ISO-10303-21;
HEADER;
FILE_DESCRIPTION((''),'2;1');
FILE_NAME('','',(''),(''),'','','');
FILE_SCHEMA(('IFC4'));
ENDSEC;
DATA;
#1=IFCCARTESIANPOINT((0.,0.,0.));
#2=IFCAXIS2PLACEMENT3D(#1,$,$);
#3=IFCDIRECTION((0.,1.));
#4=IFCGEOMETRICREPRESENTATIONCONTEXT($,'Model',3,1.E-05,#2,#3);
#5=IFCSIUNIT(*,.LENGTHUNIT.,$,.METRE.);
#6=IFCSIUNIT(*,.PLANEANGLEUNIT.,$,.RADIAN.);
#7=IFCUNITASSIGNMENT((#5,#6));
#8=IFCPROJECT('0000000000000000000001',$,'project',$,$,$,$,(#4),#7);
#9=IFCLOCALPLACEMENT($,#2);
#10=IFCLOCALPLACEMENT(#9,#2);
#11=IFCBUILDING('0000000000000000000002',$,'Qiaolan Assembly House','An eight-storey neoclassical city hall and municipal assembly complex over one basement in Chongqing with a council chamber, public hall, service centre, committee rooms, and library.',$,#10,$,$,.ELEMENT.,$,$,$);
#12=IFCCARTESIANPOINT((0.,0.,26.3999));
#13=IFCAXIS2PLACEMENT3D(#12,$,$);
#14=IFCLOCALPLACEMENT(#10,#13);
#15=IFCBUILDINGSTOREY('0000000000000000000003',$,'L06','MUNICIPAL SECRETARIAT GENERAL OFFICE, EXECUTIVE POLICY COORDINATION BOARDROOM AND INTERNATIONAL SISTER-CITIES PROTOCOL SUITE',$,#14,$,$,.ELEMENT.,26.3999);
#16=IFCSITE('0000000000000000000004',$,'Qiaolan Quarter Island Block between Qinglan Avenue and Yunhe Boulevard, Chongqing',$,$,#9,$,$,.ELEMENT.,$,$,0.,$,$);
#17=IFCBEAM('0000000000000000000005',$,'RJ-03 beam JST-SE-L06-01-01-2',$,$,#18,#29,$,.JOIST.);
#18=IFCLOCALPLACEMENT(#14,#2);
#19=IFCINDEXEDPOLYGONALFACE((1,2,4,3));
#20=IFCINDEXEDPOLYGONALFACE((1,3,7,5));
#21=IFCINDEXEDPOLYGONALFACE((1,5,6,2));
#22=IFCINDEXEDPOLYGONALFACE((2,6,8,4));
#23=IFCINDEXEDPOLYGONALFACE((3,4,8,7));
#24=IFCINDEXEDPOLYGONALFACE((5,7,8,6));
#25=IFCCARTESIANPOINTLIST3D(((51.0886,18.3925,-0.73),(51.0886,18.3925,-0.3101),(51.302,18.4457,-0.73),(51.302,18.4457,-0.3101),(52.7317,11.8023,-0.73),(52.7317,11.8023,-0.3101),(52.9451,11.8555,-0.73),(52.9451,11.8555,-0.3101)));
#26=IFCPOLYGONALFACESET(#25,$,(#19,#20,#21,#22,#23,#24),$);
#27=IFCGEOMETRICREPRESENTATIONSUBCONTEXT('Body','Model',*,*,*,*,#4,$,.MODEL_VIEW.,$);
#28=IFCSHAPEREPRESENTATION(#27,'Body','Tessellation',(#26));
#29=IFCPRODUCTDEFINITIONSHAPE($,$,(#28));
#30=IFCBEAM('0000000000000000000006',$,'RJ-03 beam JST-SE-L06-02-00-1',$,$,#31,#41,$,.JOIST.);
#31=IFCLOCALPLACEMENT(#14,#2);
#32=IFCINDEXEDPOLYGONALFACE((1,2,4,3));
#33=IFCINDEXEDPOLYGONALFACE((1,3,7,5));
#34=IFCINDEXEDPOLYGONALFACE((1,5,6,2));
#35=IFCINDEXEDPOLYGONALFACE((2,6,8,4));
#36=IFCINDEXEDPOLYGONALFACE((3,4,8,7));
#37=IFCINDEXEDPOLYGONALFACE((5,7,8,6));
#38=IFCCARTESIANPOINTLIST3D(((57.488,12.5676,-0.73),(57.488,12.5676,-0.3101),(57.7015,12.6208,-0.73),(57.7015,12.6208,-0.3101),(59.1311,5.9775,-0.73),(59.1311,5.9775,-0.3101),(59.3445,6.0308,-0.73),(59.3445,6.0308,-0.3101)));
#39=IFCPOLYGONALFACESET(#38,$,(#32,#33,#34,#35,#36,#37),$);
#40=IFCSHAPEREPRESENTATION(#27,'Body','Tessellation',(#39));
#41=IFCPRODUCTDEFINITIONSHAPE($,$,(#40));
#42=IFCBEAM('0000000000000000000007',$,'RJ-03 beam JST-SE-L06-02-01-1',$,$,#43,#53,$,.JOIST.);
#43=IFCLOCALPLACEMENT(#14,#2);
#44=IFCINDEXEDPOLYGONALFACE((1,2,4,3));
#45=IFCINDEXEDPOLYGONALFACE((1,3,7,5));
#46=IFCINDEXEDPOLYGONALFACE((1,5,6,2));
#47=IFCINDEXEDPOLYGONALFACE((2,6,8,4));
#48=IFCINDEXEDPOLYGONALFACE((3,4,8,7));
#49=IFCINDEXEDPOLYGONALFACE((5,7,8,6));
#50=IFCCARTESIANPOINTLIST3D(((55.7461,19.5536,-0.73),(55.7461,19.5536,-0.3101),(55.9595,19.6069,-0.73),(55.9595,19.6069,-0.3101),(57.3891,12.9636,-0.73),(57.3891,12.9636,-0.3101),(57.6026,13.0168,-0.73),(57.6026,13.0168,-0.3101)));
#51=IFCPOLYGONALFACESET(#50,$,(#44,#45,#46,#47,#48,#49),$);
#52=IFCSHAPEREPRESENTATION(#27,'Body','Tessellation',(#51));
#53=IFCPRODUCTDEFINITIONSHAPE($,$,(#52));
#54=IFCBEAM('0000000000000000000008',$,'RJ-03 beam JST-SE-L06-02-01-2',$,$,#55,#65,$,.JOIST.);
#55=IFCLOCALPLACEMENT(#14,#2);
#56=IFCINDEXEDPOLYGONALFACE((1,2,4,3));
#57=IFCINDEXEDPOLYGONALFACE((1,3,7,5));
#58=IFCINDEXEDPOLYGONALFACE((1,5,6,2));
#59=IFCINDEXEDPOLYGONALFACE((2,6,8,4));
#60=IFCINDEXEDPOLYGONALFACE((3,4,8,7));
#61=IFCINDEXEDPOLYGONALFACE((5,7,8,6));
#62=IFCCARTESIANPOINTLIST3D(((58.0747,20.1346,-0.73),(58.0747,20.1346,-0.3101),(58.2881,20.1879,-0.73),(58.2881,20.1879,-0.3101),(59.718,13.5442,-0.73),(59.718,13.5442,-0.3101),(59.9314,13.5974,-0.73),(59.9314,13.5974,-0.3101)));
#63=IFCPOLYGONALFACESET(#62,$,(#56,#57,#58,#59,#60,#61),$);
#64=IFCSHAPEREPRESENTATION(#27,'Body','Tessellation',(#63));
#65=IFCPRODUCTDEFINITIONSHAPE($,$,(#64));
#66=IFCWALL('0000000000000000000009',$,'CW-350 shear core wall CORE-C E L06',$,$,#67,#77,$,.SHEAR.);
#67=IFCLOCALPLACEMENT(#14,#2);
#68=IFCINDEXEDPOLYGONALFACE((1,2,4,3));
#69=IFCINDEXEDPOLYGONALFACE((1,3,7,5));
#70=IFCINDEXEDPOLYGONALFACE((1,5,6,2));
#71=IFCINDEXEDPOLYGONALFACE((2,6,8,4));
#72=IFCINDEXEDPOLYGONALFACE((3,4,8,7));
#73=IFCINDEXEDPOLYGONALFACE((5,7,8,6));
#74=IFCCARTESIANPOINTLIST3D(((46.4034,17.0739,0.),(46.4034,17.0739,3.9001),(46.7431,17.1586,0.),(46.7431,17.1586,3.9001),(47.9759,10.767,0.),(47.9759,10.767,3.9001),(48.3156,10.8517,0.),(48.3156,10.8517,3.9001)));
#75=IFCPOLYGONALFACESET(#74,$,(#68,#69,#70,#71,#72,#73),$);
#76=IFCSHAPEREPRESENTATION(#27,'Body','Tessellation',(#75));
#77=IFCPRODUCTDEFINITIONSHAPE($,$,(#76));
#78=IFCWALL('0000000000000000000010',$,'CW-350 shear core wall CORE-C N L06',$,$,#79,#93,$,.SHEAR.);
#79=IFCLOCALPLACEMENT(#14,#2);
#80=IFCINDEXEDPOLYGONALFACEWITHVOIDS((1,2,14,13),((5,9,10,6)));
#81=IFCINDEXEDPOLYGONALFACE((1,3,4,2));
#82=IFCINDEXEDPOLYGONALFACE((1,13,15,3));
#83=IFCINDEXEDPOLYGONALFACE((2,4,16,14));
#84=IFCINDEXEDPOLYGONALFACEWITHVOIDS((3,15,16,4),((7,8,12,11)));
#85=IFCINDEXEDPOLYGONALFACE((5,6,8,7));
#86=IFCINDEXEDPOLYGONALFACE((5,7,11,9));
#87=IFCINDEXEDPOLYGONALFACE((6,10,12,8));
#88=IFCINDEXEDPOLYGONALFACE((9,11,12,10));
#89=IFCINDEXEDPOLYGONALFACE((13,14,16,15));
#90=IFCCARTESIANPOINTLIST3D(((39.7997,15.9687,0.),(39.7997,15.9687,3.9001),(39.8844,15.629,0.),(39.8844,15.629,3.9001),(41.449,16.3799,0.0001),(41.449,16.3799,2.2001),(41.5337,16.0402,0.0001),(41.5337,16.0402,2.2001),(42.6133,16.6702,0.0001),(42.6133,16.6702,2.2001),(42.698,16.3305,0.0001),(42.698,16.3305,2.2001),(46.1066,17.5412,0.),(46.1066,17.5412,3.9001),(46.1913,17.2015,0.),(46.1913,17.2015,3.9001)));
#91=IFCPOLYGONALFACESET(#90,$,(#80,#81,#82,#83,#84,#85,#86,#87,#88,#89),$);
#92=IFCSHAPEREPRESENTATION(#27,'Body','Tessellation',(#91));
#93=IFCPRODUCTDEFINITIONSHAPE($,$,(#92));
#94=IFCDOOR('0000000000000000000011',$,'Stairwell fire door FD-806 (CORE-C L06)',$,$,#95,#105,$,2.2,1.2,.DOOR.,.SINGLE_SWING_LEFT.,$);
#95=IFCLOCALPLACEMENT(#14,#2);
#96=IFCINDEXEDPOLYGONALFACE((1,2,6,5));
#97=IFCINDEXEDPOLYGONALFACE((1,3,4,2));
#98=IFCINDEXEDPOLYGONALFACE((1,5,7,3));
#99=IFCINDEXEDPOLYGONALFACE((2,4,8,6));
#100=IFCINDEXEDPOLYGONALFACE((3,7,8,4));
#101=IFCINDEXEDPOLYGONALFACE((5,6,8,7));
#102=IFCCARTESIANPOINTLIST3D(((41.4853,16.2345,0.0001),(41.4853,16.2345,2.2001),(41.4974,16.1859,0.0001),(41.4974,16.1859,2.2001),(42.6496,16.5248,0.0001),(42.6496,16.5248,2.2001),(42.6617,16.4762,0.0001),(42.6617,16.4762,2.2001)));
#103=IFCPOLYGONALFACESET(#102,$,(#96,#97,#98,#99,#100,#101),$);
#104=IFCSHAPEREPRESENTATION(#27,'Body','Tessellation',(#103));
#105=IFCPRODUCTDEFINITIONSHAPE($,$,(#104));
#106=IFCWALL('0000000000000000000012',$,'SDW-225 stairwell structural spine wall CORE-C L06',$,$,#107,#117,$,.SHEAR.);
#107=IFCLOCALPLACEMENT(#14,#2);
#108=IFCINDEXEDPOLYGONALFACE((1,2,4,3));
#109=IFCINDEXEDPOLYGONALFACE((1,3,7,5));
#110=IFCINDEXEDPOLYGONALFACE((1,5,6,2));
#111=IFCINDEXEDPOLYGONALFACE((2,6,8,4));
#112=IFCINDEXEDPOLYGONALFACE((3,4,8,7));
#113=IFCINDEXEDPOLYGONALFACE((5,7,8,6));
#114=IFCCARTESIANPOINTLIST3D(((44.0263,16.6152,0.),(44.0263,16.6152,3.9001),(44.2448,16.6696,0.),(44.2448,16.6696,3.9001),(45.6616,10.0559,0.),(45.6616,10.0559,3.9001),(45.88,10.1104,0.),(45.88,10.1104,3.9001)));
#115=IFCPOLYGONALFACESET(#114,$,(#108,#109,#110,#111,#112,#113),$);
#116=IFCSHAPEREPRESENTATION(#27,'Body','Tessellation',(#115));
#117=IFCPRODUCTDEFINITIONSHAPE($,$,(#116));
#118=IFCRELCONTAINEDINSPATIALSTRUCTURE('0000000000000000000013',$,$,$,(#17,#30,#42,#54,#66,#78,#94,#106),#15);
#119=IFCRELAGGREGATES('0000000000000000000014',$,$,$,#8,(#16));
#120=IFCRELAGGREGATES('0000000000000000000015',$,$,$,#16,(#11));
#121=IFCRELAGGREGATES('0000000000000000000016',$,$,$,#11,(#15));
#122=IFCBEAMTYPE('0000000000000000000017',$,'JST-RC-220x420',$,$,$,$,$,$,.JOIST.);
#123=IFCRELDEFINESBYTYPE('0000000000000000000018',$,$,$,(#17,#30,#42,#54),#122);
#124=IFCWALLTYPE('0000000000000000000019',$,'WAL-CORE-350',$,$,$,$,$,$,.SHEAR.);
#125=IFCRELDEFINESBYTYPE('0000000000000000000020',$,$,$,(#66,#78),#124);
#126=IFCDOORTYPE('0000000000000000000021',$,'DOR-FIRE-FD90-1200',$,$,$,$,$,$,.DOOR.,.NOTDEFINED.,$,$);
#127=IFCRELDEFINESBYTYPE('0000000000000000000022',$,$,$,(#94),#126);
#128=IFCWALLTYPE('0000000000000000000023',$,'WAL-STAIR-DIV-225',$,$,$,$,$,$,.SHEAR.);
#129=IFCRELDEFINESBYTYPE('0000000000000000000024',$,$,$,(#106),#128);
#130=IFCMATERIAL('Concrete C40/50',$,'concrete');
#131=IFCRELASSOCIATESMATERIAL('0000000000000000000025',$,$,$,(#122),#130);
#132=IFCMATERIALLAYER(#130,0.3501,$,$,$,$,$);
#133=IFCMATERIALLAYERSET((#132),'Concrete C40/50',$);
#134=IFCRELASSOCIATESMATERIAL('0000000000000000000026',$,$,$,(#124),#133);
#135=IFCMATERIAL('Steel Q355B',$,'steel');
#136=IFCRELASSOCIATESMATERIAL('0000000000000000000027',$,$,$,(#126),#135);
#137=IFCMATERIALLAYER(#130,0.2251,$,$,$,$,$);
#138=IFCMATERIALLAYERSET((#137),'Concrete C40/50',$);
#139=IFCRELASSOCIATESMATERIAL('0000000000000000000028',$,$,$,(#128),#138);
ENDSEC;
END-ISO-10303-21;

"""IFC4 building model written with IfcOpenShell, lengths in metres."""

from ifc_helpers import new_model, si_unit, direction, frame, frame_2d, origin, origin_2d, place, context, subcontext, project, spatial, rectangle, extrude, material, layer, layer_set, material_profile, profile_set, type_object, element, fill, save


model = new_model("IFC4")

# Units and contexts
model_context = context("Model", 3, precision=1e-05, world=origin(), true_north=direction((0.0, 1.0)))
body_context = subcontext(model_context, "Body", "Model", "MODEL_VIEW")
ifc_project = project(units=[si_unit("LENGTHUNIT", "METRE"), si_unit("PLANEANGLEUNIT", "RADIAN")], contexts=[model_context])

# Site, building, storey
site_placement = place(None, origin())
site = spatial("IfcSite", under=ifc_project, at=site_placement, Name="Qiaolan Quarter Island Block between Qinglan Avenue and Yunhe Boulevard, Chongqing", CompositionType="ELEMENT", RefElevation=0.0)
building_placement = place(site_placement, origin())
building = spatial("IfcBuilding", under=site, at=building_placement, Name="Qiaolan Assembly House", Description="An eight-storey neoclassical city hall and municipal assembly complex over one basement in Chongqing with a council chamber, public hall, service centre, committee rooms, and library.", CompositionType="ELEMENT")
storey_placement = place(building_placement, frame((0.0, 0.0, 26.3999)))
storey = spatial("IfcBuildingStorey", under=building, at=storey_placement, Name="L06", Description="MUNICIPAL SECRETARIAT GENERAL OFFICE, EXECUTIVE POLICY COORDINATION BOARDROOM AND INTERNATIONAL SISTER-CITIES PROTOCOL SUITE", CompositionType="ELEMENT", Elevation=26.3999)

# Beams
ifc_material_1 = material(Name="Concrete C40/50", Category="concrete")
ifc_material_profile_1 = material_profile(ifc_material_1, rectangle(XDim=0.22, YDim=0.4199, at=origin_2d()), Name="RCB 220x420")
ifc_profile_set_1 = profile_set([ifc_material_profile_1], Name="Concrete C40/50")
beam_type_1 = type_object("IfcBeamType", Name="JST-RC-220x420", PredefinedType="JOIST", material=ifc_profile_set_1)
for number, where, z_axis, x_axis, name in (
    (1, (52.8384, 11.8289, -0.52), (-0.24191, 0.970299, 0.0), (-0.970299, -0.24191, 0.0), "RJ-03 beam JST-SE-L06-01-01-2"),
):
    element("IfcBeam", number, at=place(storey_placement, frame(where, z_axis=z_axis, x_axis=x_axis)), inside=storey, type_object=beam_type_1, Name=name, PredefinedType="JOIST", context=body_context, shape_type="SweptSolid", body=[
        extrude(rectangle(XDim=0.22, YDim=0.4199, at=origin_2d()), origin(), (0.0, 0.0, 1.0), 6.792),
    ])
for number, where, z_axis, x_axis, name in (
    (2, (59.2378, 6.0042, -0.52), (-0.241918, 0.970297, 0.0), (-0.970297, -0.241918, 0.0), "RJ-03 beam JST-SE-L06-02-00-1"),
    (3, (57.4958, 12.9902, -0.52), (-0.241918, 0.970297, 0.0), (-0.970297, -0.241918, 0.0), "RJ-03 beam JST-SE-L06-02-01-1"),
):
    element("IfcBeam", number, at=place(storey_placement, frame(where, z_axis=z_axis, x_axis=x_axis)), inside=storey, type_object=beam_type_1, Name=name, PredefinedType="JOIST", context=body_context, shape_type="SweptSolid", body=[
        extrude(rectangle(XDim=0.22, YDim=0.4199, at=origin_2d()), origin(), (0.0, 0.0, 1.0), 6.7917),
    ])
beam_1_placement = place(storey_placement, frame((59.8247, 13.5708, -0.52), z_axis=(-0.241944, 0.97029, 0.0), x_axis=(-0.97029, -0.241944, 0.0)))
element("IfcBeam", 4, at=beam_1_placement, inside=storey, type_object=beam_type_1, Name="RJ-03 beam JST-SE-L06-02-01-2", PredefinedType="JOIST", context=body_context, shape_type="SweptSolid", body=[
    extrude(rectangle(XDim=0.22, YDim=0.4199, at=origin_2d()), origin(), (0.0, 0.0, 1.0), 6.7922),
])

# Wall
ifc_layer_1 = layer(ifc_material_1, 0.3501)
ifc_layer_set_1 = layer_set([ifc_layer_1], Name="Concrete C40/50")
wall_type_1 = type_object("IfcWallType", Name="WAL-CORE-350", PredefinedType="SHEAR", material=ifc_layer_set_1)
wall_1_placement = place(storey_placement, frame((48.1458, 10.8093, 0.0), z_axis=(0.0, 0.0, 1.0), x_axis=(-0.241926, 0.970295, 0.0)))
element("IfcWall", 5, at=wall_1_placement, inside=storey, type_object=wall_type_1, Name="CW-350 shear core wall CORE-C E L06", PredefinedType="SHEAR", context=body_context, shape_type="SweptSolid", body=[
    extrude(rectangle(XDim=6.5, YDim=0.3501, at=frame_2d((3.25, 0.0))), origin(), (0.0, 0.0, 1.0), 3.9001),
])

# Wall, opening, door
wall_2_placement = place(storey_placement, frame((46.1489, 17.3713, 0.0), z_axis=(0.0, 0.0, 1.0), x_axis=(-0.970295, -0.241926, 0.0)))
wall_2 = element("IfcWall", 6, at=wall_2_placement, inside=storey, type_object=wall_type_1, Name="CW-350 shear core wall CORE-C N L06", PredefinedType="SHEAR", context=body_context, shape_type="SweptSolid", body=[
    extrude(rectangle(XDim=6.5, YDim=0.3501, at=frame_2d((3.25, 0.0))), origin(), (0.0, 0.0, 1.0), 3.9001),
])
opening_placement = place(wall_2_placement, frame((3.6001, 0.0, 0.0)))
opening = element("IfcOpeningElement", 7, at=opening_placement, cuts=wall_2, PredefinedType="OPENING", context=body_context, shape_type="SweptSolid", body=[
    extrude(rectangle(XDim=1.2, YDim=2.2, at=frame_2d((0.6001, 1.1001))), frame((0.0, 0.1851, 0.0), z_axis=(0.0, -1.0, 0.0), x_axis=(1.0, 0.0, 0.0)), (0.0, 0.0, 1.0), 0.3701),
])
ifc_material_2 = material(Name="Steel Q355B", Category="steel")
door_type = type_object("IfcDoorType", Name="DOR-FIRE-FD90-1200", OperationType="NOTDEFINED", PredefinedType="DOOR", material=ifc_material_2)
door_placement = place(opening_placement, origin())
door = element("IfcDoor", 8, at=door_placement, inside=storey, type_object=door_type, Name="Stairwell fire door FD-806 (CORE-C L06)", OperationType="SINGLE_SWING_LEFT", OverallHeight=2.2, OverallWidth=1.2, PredefinedType="DOOR", context=body_context, shape_type="SweptSolid", body=[
    extrude(rectangle(XDim=1.2, YDim=2.2, at=frame_2d((0.6001, 1.1001))), frame((0.0, 0.0249, 0.0), z_axis=(0.0, -1.0, 0.0), x_axis=(1.0, 0.0, 0.0)), (0.0, 0.0, 1.0), 0.05),
])
fill(opening, door)

# Wall
ifc_layer_2 = layer(ifc_material_1, 0.2251)
ifc_layer_set_2 = layer_set([ifc_layer_2], Name="Concrete C40/50")
wall_type_2 = type_object("IfcWallType", Name="WAL-STAIR-DIV-225", PredefinedType="SHEAR", material=ifc_layer_set_2)
wall_3_placement = place(storey_placement, frame((45.7708, 10.0833, 0.0), z_axis=(0.0, 0.0, 1.0), x_axis=(-0.241898, 0.970302, 0.0)))
element("IfcWall", 9, at=wall_3_placement, inside=storey, type_object=wall_type_2, Name="SDW-225 stairwell structural spine wall CORE-C L06", PredefinedType="SHEAR", context=body_context, shape_type="SweptSolid", body=[
    extrude(rectangle(XDim=6.76, YDim=0.2251, at=frame_2d((3.3799, 0.0))), origin(), (0.0, 0.0, 1.0), 3.9001),
])

save(model, "model.ifc")
